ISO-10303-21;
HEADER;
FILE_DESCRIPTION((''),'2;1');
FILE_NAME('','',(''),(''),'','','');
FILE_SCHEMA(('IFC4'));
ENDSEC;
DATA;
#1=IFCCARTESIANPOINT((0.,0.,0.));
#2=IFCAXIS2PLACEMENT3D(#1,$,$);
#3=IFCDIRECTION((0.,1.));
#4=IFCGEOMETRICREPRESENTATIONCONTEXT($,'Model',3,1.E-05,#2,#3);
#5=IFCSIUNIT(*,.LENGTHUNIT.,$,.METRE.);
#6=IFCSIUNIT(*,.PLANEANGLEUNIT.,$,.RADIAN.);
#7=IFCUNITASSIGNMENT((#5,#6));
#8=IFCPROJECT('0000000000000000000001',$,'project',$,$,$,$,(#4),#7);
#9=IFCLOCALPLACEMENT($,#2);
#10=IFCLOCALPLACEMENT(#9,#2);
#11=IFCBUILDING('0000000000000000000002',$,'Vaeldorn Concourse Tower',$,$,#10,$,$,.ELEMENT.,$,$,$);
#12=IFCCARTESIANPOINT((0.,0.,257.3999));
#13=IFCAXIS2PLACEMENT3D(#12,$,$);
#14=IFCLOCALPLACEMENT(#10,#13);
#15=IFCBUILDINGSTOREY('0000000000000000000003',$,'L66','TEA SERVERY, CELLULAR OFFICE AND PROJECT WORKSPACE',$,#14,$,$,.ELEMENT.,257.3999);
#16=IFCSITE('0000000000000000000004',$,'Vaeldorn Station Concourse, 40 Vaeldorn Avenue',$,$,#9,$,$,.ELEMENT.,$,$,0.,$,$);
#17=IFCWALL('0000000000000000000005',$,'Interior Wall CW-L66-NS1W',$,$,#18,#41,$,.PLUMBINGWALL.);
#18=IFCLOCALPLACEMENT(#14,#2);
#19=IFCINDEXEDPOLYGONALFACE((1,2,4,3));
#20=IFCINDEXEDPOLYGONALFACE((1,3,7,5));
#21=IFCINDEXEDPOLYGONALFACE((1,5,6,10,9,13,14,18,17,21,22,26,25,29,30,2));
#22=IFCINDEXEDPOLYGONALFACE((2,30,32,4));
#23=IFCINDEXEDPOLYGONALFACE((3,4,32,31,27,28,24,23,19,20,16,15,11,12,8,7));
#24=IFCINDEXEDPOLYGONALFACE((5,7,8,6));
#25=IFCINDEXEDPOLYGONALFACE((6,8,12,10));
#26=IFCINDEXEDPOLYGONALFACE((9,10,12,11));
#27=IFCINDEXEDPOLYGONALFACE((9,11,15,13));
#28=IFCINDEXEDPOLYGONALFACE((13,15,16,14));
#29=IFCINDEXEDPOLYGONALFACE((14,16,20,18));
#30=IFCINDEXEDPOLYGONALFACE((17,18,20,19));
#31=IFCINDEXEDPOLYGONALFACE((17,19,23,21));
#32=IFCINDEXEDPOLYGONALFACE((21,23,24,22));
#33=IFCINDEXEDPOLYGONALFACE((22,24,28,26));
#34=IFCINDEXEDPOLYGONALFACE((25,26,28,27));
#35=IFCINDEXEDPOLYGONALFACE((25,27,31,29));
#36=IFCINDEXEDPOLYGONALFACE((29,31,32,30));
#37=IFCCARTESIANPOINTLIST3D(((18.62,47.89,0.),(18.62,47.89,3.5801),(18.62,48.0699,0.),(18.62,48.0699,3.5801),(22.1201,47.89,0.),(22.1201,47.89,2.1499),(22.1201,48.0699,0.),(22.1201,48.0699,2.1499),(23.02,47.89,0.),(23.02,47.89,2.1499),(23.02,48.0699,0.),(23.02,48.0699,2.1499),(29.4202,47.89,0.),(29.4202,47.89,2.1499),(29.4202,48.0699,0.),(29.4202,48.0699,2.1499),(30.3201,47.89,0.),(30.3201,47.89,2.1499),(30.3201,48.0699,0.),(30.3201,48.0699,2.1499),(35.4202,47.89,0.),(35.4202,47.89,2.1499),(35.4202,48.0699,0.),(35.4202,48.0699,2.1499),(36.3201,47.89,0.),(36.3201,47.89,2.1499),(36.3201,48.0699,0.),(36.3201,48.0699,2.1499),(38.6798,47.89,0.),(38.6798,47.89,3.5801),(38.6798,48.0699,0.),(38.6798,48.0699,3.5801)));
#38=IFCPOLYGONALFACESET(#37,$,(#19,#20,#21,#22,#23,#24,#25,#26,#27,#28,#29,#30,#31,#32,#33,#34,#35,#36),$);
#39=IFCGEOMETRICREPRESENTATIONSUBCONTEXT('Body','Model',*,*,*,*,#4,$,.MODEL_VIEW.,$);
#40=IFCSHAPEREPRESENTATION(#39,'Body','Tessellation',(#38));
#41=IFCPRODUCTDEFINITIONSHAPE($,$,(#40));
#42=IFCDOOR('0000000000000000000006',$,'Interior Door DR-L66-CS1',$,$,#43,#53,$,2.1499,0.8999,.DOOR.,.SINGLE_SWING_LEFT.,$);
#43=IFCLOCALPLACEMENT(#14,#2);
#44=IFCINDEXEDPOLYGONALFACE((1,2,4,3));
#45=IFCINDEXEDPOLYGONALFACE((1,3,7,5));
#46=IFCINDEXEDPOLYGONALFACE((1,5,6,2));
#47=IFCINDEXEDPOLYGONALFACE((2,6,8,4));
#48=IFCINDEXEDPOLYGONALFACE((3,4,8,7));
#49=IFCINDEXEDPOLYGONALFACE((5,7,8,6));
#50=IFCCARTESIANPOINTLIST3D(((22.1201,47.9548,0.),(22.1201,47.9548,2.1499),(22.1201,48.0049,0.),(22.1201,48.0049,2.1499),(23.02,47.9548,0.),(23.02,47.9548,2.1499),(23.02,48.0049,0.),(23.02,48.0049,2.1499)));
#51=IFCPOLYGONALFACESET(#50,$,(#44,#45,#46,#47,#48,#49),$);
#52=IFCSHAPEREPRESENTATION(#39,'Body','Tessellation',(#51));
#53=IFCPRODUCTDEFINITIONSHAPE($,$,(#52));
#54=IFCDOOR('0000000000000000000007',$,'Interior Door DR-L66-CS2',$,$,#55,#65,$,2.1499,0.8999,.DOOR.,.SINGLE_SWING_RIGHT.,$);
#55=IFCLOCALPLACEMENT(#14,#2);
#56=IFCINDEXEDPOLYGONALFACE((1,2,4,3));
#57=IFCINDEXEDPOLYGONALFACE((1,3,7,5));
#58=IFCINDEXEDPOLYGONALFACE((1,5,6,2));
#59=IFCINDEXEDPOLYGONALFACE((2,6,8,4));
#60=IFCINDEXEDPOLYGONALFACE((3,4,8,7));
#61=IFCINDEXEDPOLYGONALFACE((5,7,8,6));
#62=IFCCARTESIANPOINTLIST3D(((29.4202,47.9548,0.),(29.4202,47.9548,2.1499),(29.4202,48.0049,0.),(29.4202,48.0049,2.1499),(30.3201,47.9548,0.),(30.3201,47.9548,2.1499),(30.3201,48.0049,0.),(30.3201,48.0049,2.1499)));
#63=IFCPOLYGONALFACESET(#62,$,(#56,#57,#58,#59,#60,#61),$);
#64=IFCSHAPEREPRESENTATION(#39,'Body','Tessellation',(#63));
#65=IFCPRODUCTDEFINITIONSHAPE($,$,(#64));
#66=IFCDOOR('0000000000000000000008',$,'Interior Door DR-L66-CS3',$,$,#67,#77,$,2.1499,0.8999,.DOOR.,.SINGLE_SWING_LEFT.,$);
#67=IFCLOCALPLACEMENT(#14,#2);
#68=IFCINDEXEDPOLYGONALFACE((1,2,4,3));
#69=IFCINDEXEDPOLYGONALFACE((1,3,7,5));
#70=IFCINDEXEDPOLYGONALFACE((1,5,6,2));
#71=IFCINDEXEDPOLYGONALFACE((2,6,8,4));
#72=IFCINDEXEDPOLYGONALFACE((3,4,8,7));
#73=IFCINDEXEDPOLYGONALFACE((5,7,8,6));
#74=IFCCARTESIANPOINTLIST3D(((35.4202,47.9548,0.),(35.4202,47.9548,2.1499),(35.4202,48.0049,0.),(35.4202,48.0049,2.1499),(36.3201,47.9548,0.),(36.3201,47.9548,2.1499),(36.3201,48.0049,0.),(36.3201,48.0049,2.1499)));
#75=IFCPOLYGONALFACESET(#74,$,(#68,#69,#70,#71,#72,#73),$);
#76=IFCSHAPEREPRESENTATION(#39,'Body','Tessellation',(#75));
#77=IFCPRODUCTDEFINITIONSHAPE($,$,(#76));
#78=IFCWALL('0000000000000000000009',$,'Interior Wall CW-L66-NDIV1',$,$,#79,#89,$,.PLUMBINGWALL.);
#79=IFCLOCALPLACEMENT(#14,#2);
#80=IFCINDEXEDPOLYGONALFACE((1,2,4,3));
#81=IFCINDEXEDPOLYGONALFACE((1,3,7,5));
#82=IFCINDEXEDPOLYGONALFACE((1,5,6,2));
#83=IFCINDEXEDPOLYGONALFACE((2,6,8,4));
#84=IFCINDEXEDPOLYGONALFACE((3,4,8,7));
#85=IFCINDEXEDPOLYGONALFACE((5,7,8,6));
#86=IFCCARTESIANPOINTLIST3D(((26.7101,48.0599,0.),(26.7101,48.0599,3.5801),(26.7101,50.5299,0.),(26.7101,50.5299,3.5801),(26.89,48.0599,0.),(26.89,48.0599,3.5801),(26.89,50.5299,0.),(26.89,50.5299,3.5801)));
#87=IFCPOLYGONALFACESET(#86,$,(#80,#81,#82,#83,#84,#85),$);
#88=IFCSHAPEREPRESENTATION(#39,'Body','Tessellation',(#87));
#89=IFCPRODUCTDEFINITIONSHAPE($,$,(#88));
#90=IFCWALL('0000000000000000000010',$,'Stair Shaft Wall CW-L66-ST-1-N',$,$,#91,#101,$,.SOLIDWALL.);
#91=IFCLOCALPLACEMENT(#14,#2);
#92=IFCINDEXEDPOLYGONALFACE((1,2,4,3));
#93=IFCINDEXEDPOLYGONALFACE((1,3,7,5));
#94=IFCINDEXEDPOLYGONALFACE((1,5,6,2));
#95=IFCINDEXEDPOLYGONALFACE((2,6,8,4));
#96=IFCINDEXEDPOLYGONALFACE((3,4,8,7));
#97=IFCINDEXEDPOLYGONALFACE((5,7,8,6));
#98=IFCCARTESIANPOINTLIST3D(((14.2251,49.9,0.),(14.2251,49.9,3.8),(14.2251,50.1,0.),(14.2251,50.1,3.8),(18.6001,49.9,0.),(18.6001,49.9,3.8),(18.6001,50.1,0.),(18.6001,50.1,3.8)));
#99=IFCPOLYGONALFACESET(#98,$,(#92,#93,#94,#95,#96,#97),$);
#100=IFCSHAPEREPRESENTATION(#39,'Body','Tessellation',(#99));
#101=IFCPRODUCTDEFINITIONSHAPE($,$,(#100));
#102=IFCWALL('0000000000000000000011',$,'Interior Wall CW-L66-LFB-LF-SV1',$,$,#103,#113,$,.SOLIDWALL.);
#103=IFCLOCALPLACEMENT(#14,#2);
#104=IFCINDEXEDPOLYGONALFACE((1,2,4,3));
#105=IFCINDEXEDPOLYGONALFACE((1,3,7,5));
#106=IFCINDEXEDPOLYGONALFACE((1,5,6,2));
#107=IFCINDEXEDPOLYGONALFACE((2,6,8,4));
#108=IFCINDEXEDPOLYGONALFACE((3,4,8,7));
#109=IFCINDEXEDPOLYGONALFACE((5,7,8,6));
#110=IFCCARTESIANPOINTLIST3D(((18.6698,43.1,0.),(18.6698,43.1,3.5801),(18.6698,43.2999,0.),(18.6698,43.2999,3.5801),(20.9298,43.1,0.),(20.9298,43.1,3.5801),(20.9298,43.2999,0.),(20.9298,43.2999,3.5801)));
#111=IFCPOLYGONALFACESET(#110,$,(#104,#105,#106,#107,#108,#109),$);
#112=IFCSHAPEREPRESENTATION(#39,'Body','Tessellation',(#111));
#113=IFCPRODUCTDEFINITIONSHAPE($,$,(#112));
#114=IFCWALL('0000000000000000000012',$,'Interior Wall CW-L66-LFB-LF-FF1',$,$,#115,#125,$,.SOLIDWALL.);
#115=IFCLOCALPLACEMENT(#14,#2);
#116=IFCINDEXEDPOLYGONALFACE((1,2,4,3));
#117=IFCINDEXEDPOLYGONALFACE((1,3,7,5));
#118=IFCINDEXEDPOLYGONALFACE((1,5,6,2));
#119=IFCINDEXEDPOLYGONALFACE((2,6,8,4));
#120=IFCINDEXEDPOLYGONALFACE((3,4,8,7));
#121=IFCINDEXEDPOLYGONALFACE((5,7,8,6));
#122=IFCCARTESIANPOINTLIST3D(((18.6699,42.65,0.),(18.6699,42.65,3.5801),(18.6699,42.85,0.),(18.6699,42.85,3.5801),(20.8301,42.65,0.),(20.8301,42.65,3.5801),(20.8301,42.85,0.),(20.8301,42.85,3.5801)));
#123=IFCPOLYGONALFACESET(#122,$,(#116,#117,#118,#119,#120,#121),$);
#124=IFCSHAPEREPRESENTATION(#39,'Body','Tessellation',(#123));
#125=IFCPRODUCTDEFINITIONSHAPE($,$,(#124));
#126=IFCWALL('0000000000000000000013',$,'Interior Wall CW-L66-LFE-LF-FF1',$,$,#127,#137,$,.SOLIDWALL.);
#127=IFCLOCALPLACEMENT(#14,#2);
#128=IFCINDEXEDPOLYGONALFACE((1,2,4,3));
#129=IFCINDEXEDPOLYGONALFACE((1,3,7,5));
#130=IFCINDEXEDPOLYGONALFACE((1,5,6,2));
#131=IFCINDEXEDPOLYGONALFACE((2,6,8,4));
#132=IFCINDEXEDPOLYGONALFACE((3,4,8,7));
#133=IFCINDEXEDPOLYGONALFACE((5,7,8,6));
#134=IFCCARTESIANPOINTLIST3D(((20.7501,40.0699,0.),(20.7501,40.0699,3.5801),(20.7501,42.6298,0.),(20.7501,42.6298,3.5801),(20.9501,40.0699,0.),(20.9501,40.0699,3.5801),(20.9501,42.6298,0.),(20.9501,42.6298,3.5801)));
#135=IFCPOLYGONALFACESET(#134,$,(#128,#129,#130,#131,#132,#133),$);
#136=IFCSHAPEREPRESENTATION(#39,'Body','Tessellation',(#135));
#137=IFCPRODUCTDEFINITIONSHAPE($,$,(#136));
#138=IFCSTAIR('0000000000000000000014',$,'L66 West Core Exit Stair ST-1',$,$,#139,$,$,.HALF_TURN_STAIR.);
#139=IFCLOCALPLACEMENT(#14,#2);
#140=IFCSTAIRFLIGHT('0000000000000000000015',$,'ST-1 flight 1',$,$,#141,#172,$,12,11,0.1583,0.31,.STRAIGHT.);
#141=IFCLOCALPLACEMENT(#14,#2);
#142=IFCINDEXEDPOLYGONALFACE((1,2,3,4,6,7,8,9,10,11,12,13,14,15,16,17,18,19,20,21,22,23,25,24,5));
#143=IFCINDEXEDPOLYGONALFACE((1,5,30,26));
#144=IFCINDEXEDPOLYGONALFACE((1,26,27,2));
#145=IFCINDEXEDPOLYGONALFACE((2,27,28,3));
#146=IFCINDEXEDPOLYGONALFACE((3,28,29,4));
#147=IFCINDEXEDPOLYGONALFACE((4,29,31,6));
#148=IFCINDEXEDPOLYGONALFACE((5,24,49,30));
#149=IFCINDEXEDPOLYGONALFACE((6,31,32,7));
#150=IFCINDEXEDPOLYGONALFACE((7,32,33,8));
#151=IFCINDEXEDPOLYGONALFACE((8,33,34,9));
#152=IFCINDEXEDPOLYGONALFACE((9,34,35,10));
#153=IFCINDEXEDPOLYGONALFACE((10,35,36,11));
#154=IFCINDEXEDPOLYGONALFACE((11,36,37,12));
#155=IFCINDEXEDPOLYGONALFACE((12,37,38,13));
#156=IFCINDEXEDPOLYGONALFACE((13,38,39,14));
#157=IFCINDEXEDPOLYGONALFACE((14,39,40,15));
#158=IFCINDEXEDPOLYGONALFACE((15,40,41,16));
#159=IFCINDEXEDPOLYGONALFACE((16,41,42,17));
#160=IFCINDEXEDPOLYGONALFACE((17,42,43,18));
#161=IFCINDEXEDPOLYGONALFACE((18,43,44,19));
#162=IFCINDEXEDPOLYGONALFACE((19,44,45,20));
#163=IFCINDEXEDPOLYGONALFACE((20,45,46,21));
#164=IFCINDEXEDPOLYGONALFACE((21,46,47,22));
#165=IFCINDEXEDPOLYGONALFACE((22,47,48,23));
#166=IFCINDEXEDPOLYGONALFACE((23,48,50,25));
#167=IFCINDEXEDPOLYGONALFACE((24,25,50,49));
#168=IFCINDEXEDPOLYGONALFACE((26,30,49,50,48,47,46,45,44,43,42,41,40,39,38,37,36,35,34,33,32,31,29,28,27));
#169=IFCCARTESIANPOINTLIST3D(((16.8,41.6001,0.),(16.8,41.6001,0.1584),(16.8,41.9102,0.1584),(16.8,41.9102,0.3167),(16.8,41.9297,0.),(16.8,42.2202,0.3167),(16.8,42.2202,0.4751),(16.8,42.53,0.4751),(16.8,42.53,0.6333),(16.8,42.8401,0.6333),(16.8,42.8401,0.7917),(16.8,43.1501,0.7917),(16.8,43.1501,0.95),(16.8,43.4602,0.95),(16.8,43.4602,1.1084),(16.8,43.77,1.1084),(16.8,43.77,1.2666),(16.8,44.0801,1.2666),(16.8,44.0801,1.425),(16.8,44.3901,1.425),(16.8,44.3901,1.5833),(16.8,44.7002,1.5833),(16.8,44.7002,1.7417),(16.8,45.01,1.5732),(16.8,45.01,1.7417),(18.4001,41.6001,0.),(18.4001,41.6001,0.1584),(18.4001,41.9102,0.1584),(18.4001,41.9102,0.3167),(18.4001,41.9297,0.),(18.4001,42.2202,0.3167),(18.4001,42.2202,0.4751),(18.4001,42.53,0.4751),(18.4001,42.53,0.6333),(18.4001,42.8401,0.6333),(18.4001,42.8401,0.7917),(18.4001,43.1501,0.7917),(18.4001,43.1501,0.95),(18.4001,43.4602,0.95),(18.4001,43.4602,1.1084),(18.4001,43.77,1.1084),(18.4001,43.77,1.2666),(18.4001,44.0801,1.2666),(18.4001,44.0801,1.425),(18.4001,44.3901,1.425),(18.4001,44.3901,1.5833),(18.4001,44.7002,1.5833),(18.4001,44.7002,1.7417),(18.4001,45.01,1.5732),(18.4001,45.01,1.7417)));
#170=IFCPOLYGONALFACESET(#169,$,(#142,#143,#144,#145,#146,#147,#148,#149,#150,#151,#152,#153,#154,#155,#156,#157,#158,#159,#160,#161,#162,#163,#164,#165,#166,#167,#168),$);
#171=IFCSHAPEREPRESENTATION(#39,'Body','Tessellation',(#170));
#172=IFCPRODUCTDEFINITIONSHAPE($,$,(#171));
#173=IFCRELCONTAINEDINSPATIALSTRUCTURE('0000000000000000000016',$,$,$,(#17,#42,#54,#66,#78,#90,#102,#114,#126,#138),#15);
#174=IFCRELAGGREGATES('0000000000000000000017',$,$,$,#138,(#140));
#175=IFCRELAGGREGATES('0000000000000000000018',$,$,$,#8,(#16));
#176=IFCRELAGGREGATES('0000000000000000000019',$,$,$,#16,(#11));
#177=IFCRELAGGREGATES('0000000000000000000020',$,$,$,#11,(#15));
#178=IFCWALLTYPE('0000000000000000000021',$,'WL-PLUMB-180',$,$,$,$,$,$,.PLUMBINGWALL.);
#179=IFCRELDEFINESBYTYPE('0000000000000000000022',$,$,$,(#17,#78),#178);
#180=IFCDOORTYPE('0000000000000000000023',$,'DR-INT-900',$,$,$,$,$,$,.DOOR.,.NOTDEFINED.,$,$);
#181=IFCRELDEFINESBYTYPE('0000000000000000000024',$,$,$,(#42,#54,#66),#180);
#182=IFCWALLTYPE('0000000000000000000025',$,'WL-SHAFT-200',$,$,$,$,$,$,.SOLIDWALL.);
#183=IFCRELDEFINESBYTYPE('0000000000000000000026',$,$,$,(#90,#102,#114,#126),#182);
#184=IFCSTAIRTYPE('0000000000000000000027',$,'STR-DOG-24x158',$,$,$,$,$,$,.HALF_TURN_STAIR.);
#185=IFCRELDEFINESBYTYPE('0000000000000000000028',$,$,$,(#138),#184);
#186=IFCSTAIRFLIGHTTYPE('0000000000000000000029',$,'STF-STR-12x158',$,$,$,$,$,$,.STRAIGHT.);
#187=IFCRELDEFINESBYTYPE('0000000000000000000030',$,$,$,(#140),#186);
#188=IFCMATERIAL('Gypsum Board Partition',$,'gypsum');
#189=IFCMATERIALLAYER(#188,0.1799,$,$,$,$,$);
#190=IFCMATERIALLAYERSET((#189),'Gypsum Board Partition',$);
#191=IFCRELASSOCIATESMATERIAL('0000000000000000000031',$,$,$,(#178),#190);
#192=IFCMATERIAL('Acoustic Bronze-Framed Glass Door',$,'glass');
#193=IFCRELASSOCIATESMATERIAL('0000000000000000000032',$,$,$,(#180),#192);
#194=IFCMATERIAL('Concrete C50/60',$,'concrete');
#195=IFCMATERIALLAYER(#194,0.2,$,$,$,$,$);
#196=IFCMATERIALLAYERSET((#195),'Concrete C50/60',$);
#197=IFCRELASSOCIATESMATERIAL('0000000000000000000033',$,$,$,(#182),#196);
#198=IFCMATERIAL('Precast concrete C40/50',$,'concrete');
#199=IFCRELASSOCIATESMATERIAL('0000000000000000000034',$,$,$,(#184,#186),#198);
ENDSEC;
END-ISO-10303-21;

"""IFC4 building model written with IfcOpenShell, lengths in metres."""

from ifc_helpers import new_model, si_unit, direction, frame, frame_2d, origin, place, context, subcontext, project, spatial, polyline, rectangle, outline, extrude, source, transform, mapped, material, layer, layer_set, type_object, element, fill, aggregate, save


model = new_model("IFC4")

# Units and contexts
model_context = context("Model", 3, precision=1e-05, world=origin(), true_north=direction((0.0, 1.0)))
body_context = subcontext(model_context, "Body", "Model", "MODEL_VIEW")
ifc_project = project(units=[si_unit("LENGTHUNIT", "METRE"), si_unit("PLANEANGLEUNIT", "RADIAN")], contexts=[model_context])

# Site, building, storey
site_placement = place(None, origin())
site = spatial("IfcSite", under=ifc_project, at=site_placement, Name="Vaeldorn Station Concourse, 40 Vaeldorn Avenue", CompositionType="ELEMENT", RefElevation=0.0)
building_placement = place(site_placement, origin())
building = spatial("IfcBuilding", under=site, at=building_placement, Name="Vaeldorn Concourse Tower", CompositionType="ELEMENT")
storey_placement = place(building_placement, frame((0.0, 0.0, 257.3999)))
storey = spatial("IfcBuildingStorey", under=building, at=storey_placement, Name="L66", Description="TEA SERVERY, CELLULAR OFFICE AND PROJECT WORKSPACE", CompositionType="ELEMENT", Elevation=257.3999)

# Shared definitions
ifc_material_1 = material(Name="Concrete C50/60", Category="concrete")
ifc_material_2 = material(Name="Gypsum Board Partition", Category="gypsum")

# Wall, openings, doors
ifc_layer_1 = layer(ifc_material_2, 0.1799)
ifc_layer_set_1 = layer_set([ifc_layer_1], Name="Gypsum Board Partition")
wall_type_1 = type_object("IfcWallType", Name="WL-PLUMB-180", PredefinedType="PLUMBINGWALL", material=ifc_layer_set_1)
wall_1_placement = place(storey_placement, frame((18.6201, 47.98, 0.0), z_axis=(0.0, 0.0, 1.0), x_axis=(1.0, 0.0, 0.0)))
wall_1 = element("IfcWall", 1, at=wall_1_placement, inside=storey, type_object=wall_type_1, Name="Interior Wall CW-L66-NS1W", PredefinedType="PLUMBINGWALL", context=body_context, shape_type="SweptSolid", body=[
    extrude(rectangle(XDim=20.0598, YDim=0.1799, at=frame_2d((10.0298, 0.0))), origin(), (0.0, 0.0, 1.0), 3.5801),
])
opening_1_placement = place(wall_1_placement, frame((3.5, 0.0, 0.0)))
opening_1 = element("IfcOpeningElement", 2, at=opening_1_placement, cuts=wall_1, PredefinedType="OPENING", context=body_context, shape_type="SweptSolid", body=[
    extrude(rectangle(XDim=0.8999, YDim=2.1499, at=frame_2d((0.45, 1.075))), frame((0.0, 0.1001, 0.0), z_axis=(0.0, -1.0, 0.0), x_axis=(1.0, 0.0, 0.0)), (0.0, 0.0, 1.0), 0.2),
])
opening_2_placement = place(wall_1_placement, frame((10.8, 0.0, 0.0)))
opening_2 = element("IfcOpeningElement", 3, at=opening_2_placement, cuts=wall_1, PredefinedType="OPENING", context=body_context, shape_type="SweptSolid", body=[
    extrude(rectangle(XDim=0.8999, YDim=2.1499, at=frame_2d((0.45, 1.075))), frame((0.0, 0.1001, 0.0), z_axis=(0.0, -1.0, 0.0), x_axis=(1.0, 0.0, 0.0)), (0.0, 0.0, 1.0), 0.2),
])
opening_3_placement = place(wall_1_placement, frame((16.8, 0.0, 0.0)))
opening_3 = element("IfcOpeningElement", 4, at=opening_3_placement, cuts=wall_1, PredefinedType="OPENING", context=body_context, shape_type="SweptSolid", body=[
    extrude(rectangle(XDim=0.8999, YDim=2.1499, at=frame_2d((0.45, 1.075))), frame((0.0, 0.1001, 0.0), z_axis=(0.0, -1.0, 0.0), x_axis=(1.0, 0.0, 0.0)), (0.0, 0.0, 1.0), 0.2),
])
ifc_material_3 = material(Name="Acoustic Bronze-Framed Glass Door", Category="glass")
door_type_1 = type_object("IfcDoorType", Name="DR-INT-900", OperationType="NOTDEFINED", PredefinedType="DOOR", material=ifc_material_3)
shared_shape_1 = source(origin(), body_context, "Body", "SweptSolid", [
    extrude(rectangle(XDim=0.8999, YDim=2.1499, at=frame_2d((0.45, 1.075))), frame((0.0, 0.0249, 0.0), z_axis=(0.0, -1.0, 0.0), x_axis=(1.0, 0.0, 0.0)), (0.0, 0.0, 1.0), 0.05),
])
door_1_placement = place(opening_1_placement, origin())
door_1 = element("IfcDoor", 5, at=door_1_placement, inside=storey, type_object=door_type_1, Name="Interior Door DR-L66-CS1", OperationType="SINGLE_SWING_LEFT", OverallHeight=2.1499, OverallWidth=0.8999, PredefinedType="DOOR", context=body_context, shape_type="MappedRepresentation", body=[
    mapped(shared_shape_1, transform((0.0, 0.0, 0.0), scale=1.0)),
])
fill(opening_1, door_1)
door_2_placement = place(opening_2_placement, origin())
door_2 = element("IfcDoor", 6, at=door_2_placement, inside=storey, type_object=door_type_1, Name="Interior Door DR-L66-CS2", OperationType="SINGLE_SWING_RIGHT", OverallHeight=2.1499, OverallWidth=0.8999, PredefinedType="DOOR", context=body_context, shape_type="MappedRepresentation", body=[
    mapped(shared_shape_1, transform((0.0, 0.0, 0.0), scale=1.0)),
])
fill(opening_2, door_2)
door_3_placement = place(opening_3_placement, origin())
door_3 = element("IfcDoor", 7, at=door_3_placement, inside=storey, type_object=door_type_1, Name="Interior Door DR-L66-CS3", OperationType="SINGLE_SWING_LEFT", OverallHeight=2.1499, OverallWidth=0.8999, PredefinedType="DOOR", context=body_context, shape_type="MappedRepresentation", body=[
    mapped(shared_shape_1, transform((0.0, 0.0, 0.0), scale=1.0)),
])
fill(opening_3, door_3)

# Walls
wall_2_placement = place(storey_placement, frame((26.8, 48.0601, 0.0), z_axis=(0.0, 0.0, 1.0), x_axis=(0.0, 1.0, 0.0)))
element("IfcWall", 8, at=wall_2_placement, inside=storey, type_object=wall_type_1, Name="Interior Wall CW-L66-NDIV1", PredefinedType="PLUMBINGWALL", context=body_context, shape_type="SweptSolid", body=[
    extrude(rectangle(XDim=2.47, YDim=0.1799, at=frame_2d((1.2349, 0.0))), origin(), (0.0, 0.0, 1.0), 3.5801),
])
ifc_layer_2 = layer(ifc_material_1, 0.2)
ifc_layer_set_2 = layer_set([ifc_layer_2], Name="Concrete C50/60")
wall_type_2 = type_object("IfcWallType", Name="WL-SHAFT-200", PredefinedType="SOLIDWALL", material=ifc_layer_set_2)
wall_3_placement = place(storey_placement, frame((14.2251, 50.0, 0.0), z_axis=(0.0, 0.0, 1.0), x_axis=(1.0, 0.0, 0.0)))
element("IfcWall", 9, at=wall_3_placement, inside=storey, type_object=wall_type_2, Name="Stair Shaft Wall CW-L66-ST-1-N", PredefinedType="SOLIDWALL", context=body_context, shape_type="SweptSolid", body=[
    extrude(rectangle(XDim=4.375, YDim=0.2, at=frame_2d((2.1875, 0.0))), origin(), (0.0, 0.0, 1.0), 3.8),
])

# Walls
wall_4_placement = place(storey_placement, frame((18.6699, 43.2, 0.0), z_axis=(0.0, 0.0, 1.0), x_axis=(1.0, 0.0, 0.0)))
element("IfcWall", 10, at=wall_4_placement, inside=storey, type_object=wall_type_2, Name="Interior Wall CW-L66-LFB-LF-SV1", PredefinedType="SOLIDWALL", context=body_context, shape_type="SweptSolid", body=[
    extrude(rectangle(XDim=2.26, YDim=0.2, at=frame_2d((1.1299, 0.0))), origin(), (0.0, 0.0, 1.0), 3.5801),
])
wall_5_placement = place(storey_placement, frame((18.6699, 42.75, 0.0), z_axis=(0.0, 0.0, 1.0), x_axis=(1.0, 0.0, 0.0)))
element("IfcWall", 11, at=wall_5_placement, inside=storey, type_object=wall_type_2, Name="Interior Wall CW-L66-LFB-LF-FF1", PredefinedType="SOLIDWALL", context=body_context, shape_type="SweptSolid", body=[
    extrude(rectangle(XDim=2.1602, YDim=0.2, at=frame_2d((1.0801, 0.0))), origin(), (0.0, 0.0, 1.0), 3.5801),
])
wall_6_placement = place(storey_placement, frame((20.8501, 40.0701, 0.0), z_axis=(0.0, 0.0, 1.0), x_axis=(0.0, 1.0, 0.0)))
element("IfcWall", 12, at=wall_6_placement, inside=storey, type_object=wall_type_2, Name="Interior Wall CW-L66-LFE-LF-FF1", PredefinedType="SOLIDWALL", context=body_context, shape_type="SweptSolid", body=[
    extrude(rectangle(XDim=2.5598, YDim=0.2, at=frame_2d((1.2798, 0.0))), origin(), (0.0, 0.0, 1.0), 3.5801),
])

# Stair, stair flight
ifc_material_4 = material(Name="Precast concrete C40/50", Category="concrete")
stair_type = type_object("IfcStairType", Name="STR-DOG-24x158", PredefinedType="HALF_TURN_STAIR", material=ifc_material_4)
stair_placement = place(storey_placement, origin())
stair = element("IfcStair", 13, at=stair_placement, inside=storey, type_object=stair_type, Name="L66 West Core Exit Stair ST-1", PredefinedType="HALF_TURN_STAIR")
stair_flight_type = type_object("IfcStairFlightType", Name="STF-STR-12x158", PredefinedType="STRAIGHT", material=ifc_material_4)
stair_flight_1_placement = place(storey_placement, frame((17.6001, 41.6001, 0.0), z_axis=(0.0, 0.0, 1.0), x_axis=(0.0, 1.0, 0.0)))
stair_flight_1 = element("IfcStairFlight", 14, at=stair_flight_1_placement, type_object=stair_flight_type, Name="ST-1 flight 1", NumberOfRisers=12, NumberOfTreads=11, PredefinedType="STRAIGHT", RiserHeight=0.1583, TreadLength=0.31, context=body_context, shape_type="SweptSolid", body=[
    extrude(outline(polyline([(0.0, 0.0), (0.0, 0.1584), (0.3101, 0.1584), (0.3101, 0.3167), (0.6201, 0.3167), (0.6201, 0.4751), (0.9299, 0.4751), (0.9299, 0.6333), (1.24, 0.6333), (1.24, 0.7917), (1.55, 0.7917), (1.55, 0.95), (1.8601, 0.95), (1.8601, 1.1084), (2.1699, 1.1084), (2.1699, 1.2666), (2.48, 1.2666), (2.48, 1.425), (2.79, 1.425), (2.79, 1.5833), (3.1001, 1.5833), (3.1001, 1.7417), (3.4099, 1.7417), (3.4099, 1.8999), (3.4099, 1.5732), (0.3296, 0.0), (0.0, 0.0)])), frame((0.0, 0.8, 0.0), z_axis=(0.0, -1.0, 0.0), x_axis=(1.0, 0.0, 0.0)), (0.0, 0.0, 1.0), 1.6001),
])
aggregate(stair, [stair_flight_1])

save(model, "model.ifc")
